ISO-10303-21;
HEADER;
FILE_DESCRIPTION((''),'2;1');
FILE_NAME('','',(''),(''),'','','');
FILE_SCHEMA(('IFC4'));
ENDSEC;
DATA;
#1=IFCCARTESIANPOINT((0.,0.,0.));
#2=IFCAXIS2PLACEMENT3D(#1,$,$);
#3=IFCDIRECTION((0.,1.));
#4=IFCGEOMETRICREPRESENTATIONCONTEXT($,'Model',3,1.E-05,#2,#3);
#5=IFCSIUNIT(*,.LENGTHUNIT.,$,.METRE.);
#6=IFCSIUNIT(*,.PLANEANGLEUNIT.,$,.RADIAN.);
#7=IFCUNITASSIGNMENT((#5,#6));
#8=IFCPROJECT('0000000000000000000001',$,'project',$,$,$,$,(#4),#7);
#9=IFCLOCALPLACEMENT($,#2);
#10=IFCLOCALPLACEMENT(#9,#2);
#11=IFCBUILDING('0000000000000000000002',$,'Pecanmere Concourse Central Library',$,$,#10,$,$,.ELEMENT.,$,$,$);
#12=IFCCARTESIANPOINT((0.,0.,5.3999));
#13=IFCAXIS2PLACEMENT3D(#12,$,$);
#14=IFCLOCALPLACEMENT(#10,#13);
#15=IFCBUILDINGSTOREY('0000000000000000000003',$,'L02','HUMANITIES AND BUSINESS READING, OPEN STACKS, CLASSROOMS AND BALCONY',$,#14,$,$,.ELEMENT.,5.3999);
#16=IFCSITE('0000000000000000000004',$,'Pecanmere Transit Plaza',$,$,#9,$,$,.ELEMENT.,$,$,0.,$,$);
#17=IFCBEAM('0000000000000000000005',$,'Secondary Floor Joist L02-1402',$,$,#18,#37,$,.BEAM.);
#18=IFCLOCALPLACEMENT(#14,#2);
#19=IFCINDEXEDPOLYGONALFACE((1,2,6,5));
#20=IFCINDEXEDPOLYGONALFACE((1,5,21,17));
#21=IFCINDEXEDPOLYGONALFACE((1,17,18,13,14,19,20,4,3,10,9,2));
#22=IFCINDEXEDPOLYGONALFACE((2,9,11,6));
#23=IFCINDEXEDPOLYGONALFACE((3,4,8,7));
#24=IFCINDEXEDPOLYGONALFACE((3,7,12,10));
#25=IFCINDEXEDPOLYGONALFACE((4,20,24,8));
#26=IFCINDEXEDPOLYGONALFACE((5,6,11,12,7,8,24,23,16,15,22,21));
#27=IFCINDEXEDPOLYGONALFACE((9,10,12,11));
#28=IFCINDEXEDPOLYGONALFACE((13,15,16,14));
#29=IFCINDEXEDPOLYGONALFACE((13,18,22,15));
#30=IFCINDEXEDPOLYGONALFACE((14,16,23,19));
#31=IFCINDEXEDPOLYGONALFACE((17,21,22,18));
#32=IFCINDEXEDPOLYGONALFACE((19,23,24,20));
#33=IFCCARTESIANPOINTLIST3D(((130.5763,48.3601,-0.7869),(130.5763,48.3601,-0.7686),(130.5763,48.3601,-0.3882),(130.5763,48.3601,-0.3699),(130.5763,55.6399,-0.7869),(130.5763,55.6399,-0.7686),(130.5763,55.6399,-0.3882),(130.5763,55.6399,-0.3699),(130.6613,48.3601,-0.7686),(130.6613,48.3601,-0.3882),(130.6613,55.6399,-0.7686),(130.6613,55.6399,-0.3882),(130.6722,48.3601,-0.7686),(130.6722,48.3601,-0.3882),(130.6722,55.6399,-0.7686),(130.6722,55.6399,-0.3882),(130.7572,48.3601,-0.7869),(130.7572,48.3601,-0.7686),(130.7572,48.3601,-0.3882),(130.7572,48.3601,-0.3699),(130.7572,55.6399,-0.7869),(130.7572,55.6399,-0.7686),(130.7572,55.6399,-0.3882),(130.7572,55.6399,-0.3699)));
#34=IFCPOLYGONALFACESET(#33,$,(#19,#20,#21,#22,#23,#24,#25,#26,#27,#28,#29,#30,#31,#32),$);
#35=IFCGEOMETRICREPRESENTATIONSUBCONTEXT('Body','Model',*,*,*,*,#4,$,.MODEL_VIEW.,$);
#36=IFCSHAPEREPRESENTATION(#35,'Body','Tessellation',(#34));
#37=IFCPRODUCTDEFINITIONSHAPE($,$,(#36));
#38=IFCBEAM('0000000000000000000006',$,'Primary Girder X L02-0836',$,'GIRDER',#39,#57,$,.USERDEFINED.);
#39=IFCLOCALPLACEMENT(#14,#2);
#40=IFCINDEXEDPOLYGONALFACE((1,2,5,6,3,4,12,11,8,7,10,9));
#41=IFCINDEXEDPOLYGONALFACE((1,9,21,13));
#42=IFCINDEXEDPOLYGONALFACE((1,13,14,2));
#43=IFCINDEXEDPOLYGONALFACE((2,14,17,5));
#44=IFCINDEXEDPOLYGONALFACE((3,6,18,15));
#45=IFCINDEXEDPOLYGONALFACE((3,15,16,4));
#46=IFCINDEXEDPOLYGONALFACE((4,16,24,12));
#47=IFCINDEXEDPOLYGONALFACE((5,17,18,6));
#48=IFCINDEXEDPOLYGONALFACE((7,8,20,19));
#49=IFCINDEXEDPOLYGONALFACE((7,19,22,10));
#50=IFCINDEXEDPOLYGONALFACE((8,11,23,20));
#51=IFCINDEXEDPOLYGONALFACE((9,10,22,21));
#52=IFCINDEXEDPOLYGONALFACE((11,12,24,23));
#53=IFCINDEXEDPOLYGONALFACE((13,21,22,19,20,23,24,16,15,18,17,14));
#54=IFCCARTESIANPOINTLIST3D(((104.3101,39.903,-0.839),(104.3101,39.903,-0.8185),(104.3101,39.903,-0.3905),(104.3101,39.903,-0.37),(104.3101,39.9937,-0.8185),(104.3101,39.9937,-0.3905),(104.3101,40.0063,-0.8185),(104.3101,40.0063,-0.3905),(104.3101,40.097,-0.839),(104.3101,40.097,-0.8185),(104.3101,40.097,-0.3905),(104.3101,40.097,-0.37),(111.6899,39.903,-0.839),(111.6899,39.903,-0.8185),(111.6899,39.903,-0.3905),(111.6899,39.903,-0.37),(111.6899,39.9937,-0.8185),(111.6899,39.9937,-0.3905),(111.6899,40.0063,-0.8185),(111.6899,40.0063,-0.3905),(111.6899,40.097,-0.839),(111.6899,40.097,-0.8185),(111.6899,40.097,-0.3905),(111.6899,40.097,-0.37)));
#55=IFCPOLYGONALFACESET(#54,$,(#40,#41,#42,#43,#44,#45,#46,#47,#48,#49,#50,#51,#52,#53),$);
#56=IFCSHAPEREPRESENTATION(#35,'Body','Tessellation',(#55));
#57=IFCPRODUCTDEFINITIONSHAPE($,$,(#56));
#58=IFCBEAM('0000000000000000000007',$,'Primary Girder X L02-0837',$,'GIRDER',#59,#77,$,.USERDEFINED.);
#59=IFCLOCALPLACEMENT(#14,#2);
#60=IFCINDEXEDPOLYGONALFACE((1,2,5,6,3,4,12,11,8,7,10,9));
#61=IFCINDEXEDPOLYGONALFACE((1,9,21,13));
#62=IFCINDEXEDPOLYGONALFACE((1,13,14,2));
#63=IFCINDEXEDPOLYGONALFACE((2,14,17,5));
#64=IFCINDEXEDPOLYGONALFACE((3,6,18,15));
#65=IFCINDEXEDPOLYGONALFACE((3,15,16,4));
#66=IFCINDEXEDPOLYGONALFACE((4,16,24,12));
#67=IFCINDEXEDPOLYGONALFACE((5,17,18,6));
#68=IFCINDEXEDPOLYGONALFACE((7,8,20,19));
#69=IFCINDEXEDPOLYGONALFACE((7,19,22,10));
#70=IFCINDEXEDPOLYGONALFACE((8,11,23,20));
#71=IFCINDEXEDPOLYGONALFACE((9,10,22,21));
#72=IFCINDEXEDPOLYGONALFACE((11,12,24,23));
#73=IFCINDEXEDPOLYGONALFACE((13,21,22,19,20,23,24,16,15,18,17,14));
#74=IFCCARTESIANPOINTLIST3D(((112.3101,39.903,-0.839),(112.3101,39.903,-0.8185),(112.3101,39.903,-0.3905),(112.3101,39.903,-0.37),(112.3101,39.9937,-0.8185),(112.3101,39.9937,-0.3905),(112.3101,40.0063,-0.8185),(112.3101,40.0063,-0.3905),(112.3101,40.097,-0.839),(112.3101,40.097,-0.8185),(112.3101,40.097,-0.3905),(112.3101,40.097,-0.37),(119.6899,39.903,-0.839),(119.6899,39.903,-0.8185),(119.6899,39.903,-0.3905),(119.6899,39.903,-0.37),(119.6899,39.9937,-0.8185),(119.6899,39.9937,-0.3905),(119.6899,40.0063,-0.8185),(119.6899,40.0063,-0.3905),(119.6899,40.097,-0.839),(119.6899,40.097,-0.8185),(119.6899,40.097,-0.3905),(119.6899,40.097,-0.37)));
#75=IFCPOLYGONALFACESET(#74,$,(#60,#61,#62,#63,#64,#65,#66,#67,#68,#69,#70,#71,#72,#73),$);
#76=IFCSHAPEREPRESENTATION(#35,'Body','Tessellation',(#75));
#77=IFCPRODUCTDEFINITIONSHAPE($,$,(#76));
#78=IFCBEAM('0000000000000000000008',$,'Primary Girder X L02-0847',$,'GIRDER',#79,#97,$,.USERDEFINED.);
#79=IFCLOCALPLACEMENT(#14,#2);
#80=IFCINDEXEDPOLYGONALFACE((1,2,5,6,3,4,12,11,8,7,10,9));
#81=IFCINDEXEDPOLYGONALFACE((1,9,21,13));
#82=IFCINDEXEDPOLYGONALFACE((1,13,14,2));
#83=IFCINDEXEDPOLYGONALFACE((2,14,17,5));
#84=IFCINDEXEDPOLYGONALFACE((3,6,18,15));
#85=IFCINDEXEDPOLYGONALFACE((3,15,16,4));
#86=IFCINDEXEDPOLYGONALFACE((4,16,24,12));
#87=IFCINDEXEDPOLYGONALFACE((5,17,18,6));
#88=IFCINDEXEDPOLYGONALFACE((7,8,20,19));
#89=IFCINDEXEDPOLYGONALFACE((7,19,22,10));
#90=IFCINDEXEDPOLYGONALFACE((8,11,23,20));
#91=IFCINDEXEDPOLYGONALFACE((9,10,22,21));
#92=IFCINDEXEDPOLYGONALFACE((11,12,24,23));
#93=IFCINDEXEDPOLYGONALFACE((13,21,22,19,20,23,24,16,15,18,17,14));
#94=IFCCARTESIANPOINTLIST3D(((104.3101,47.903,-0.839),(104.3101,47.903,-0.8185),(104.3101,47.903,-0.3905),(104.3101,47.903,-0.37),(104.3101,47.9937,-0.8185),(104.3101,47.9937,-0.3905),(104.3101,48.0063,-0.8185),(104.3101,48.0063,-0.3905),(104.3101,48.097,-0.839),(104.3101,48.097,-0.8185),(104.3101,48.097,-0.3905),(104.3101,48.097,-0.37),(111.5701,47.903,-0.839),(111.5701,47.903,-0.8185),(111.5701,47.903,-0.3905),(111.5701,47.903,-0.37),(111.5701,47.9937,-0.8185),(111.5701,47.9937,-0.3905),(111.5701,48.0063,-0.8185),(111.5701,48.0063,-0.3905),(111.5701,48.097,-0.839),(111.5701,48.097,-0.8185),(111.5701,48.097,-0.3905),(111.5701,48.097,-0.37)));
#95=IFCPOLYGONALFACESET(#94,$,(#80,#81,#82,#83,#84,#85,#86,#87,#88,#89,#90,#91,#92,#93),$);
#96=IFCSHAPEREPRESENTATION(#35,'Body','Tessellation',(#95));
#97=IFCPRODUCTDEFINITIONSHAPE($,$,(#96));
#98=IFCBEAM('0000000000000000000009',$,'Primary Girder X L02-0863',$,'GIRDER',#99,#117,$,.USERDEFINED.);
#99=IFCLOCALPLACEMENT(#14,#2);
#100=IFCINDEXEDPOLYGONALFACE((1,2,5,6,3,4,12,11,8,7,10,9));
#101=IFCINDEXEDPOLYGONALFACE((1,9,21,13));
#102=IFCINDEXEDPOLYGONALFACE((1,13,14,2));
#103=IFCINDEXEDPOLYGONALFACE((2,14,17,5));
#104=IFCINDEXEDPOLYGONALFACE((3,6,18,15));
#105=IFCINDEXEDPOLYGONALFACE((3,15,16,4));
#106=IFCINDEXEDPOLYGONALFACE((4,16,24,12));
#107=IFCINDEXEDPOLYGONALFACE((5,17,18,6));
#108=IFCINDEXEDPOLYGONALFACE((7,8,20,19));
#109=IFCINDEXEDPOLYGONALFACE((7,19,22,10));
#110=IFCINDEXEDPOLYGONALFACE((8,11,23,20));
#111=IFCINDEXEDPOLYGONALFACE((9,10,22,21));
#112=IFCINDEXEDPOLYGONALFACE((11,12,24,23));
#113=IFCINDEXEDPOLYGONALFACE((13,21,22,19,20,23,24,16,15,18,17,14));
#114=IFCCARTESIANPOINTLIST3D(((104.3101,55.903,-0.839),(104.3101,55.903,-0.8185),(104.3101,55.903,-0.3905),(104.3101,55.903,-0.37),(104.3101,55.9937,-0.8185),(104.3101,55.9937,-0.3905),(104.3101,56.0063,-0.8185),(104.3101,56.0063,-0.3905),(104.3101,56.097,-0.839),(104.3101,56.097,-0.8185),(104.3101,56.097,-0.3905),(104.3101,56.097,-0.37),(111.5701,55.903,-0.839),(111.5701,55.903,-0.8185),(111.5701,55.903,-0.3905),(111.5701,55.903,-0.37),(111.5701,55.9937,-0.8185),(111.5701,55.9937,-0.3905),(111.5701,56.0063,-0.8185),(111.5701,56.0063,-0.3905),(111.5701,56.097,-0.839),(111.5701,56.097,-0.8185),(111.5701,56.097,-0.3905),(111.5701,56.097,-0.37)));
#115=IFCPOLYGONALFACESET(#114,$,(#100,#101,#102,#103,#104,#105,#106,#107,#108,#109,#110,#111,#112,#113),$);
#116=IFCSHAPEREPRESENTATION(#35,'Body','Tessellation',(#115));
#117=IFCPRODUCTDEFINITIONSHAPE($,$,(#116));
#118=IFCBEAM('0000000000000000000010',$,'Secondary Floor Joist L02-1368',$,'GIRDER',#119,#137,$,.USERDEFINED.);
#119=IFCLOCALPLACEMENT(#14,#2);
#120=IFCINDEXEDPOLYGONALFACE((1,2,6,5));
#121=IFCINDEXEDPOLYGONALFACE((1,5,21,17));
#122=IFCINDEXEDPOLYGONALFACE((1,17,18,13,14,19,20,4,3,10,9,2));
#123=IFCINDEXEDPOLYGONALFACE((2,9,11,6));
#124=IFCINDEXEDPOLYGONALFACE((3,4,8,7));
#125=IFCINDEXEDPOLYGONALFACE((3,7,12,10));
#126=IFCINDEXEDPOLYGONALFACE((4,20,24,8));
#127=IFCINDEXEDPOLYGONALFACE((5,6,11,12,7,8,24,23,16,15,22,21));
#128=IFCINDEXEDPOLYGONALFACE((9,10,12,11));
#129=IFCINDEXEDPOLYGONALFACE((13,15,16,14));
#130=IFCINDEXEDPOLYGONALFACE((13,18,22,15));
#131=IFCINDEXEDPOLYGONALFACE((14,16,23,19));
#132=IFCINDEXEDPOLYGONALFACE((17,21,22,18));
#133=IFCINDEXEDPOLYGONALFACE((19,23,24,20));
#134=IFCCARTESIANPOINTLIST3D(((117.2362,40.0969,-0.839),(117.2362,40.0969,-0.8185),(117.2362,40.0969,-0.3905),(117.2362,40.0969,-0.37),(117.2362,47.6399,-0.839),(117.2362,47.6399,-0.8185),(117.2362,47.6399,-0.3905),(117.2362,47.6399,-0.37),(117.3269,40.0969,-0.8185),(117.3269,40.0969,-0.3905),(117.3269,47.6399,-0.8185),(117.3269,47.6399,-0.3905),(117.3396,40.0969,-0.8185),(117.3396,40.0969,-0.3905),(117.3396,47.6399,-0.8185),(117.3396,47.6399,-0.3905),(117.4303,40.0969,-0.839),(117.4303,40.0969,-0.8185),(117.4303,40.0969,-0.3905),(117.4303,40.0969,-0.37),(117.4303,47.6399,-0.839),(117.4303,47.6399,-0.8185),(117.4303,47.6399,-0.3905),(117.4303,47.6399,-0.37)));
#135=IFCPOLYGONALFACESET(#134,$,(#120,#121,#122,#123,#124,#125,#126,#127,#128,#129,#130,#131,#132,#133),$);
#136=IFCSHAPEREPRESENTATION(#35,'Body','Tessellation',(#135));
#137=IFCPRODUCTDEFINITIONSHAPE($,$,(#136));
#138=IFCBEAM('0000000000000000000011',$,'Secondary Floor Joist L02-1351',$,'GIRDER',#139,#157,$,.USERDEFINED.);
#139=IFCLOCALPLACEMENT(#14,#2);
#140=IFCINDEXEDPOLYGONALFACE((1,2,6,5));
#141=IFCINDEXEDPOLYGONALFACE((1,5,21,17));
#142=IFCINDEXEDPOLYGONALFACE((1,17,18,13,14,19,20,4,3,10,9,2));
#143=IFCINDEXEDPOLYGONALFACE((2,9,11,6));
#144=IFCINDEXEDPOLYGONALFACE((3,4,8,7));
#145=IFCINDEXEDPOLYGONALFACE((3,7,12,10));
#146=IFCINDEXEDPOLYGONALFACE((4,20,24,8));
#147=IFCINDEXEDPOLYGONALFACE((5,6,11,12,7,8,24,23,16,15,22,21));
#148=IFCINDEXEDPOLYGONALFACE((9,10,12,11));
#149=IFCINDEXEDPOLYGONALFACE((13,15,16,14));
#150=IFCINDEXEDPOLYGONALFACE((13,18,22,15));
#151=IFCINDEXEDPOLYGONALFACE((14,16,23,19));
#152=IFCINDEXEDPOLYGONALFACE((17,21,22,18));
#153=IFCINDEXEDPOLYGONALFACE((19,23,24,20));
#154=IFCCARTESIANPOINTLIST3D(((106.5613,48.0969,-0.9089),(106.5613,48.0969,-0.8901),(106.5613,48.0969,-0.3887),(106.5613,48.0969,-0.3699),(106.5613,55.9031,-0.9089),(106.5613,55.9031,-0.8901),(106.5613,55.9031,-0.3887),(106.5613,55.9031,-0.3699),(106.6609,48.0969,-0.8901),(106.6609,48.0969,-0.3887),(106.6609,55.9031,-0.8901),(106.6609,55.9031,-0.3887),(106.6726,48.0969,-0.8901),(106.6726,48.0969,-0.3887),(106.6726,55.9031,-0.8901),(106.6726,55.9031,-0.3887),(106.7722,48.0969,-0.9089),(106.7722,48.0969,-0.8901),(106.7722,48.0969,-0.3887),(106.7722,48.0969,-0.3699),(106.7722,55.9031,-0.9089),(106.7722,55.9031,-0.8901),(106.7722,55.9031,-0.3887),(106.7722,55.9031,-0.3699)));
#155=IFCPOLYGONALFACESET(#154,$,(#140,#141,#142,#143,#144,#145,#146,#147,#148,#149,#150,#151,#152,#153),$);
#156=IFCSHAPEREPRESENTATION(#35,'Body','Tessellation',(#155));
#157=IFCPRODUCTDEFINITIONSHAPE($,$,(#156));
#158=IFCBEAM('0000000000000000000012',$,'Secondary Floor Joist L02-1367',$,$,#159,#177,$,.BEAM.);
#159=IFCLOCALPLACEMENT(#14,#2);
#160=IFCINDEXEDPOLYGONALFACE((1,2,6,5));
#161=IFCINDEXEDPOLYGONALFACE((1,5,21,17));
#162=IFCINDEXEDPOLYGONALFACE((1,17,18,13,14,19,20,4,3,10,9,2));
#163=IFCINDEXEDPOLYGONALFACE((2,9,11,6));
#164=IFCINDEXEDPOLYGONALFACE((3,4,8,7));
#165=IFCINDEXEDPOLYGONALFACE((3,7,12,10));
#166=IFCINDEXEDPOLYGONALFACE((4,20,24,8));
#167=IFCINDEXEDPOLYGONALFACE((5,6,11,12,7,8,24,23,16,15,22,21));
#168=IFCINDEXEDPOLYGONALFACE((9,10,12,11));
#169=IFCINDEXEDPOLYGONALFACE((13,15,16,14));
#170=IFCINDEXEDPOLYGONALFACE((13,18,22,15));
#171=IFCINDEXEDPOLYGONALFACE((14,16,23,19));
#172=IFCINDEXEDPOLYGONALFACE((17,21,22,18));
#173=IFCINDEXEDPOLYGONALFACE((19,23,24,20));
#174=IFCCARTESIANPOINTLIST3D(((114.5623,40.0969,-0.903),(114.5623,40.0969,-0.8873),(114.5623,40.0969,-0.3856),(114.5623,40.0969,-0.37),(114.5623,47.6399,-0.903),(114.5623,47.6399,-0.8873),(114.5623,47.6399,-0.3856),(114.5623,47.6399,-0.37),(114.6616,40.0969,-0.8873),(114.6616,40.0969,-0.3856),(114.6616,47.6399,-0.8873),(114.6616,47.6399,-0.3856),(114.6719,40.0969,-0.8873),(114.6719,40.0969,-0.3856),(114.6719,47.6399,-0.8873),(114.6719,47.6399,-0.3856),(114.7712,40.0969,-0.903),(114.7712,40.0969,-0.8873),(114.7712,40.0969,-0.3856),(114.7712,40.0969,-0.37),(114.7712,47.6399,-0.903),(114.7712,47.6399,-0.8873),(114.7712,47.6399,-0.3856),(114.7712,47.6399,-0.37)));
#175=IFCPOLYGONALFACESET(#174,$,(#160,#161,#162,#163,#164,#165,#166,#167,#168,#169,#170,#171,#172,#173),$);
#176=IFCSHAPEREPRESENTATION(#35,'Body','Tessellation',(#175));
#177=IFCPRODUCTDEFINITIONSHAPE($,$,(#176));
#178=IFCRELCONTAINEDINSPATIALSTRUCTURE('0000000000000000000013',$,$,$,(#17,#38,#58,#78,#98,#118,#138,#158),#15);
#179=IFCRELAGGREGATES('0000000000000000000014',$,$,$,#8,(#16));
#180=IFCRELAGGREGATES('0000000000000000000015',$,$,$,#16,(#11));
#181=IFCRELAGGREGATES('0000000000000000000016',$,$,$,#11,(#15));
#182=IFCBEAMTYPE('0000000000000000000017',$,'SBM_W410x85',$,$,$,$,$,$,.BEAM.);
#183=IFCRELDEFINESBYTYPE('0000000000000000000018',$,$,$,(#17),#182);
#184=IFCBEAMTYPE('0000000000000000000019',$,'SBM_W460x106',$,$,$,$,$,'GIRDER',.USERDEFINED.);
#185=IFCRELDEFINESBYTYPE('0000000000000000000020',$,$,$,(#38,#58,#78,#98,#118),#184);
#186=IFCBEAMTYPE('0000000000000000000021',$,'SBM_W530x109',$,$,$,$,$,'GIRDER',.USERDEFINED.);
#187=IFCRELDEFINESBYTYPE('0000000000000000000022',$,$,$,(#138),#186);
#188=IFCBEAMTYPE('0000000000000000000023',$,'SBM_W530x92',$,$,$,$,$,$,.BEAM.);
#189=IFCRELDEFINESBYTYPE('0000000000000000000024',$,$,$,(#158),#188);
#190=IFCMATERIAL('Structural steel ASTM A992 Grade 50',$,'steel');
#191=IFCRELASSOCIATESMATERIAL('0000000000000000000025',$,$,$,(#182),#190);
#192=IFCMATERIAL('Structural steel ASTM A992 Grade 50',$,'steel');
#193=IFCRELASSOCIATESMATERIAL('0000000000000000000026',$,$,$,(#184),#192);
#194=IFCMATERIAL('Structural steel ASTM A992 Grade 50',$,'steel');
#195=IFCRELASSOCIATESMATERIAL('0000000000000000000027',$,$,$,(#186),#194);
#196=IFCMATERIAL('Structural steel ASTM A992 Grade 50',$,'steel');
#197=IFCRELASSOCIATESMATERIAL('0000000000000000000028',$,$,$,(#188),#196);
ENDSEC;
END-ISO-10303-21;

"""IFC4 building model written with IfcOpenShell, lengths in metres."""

from ifc_helpers import new_model, si_unit, direction, frame, origin, origin_2d, place, context, subcontext, project, spatial, i_section, extrude, material, material_profile, profile_set, type_object, element, save


model = new_model("IFC4")

# Units and contexts
model_context = context("Model", 3, precision=1e-05, world=origin(), true_north=direction((0.0, 1.0)))
body_context = subcontext(model_context, "Body", "Model", "MODEL_VIEW")
ifc_project = project(units=[si_unit("LENGTHUNIT", "METRE"), si_unit("PLANEANGLEUNIT", "RADIAN")], contexts=[model_context])

# Site, building, storey
site_placement = place(None, origin())
site = spatial("IfcSite", under=ifc_project, at=site_placement, Name="Pecanmere Transit Plaza", CompositionType="ELEMENT", RefElevation=0.0)
building_placement = place(site_placement, origin())
building = spatial("IfcBuilding", under=site, at=building_placement, Name="Pecanmere Concourse Central Library", CompositionType="ELEMENT")
storey_placement = place(building_placement, frame((0.0, 0.0, 5.3999)))
storey = spatial("IfcBuildingStorey", under=building, at=storey_placement, Name="L02", Description="HUMANITIES AND BUSINESS READING, OPEN STACKS, CLASSROOMS AND BALCONY", CompositionType="ELEMENT", Elevation=5.3999)

# Beams
ifc_material_1 = material(Name="Structural steel ASTM A992 Grade 50", Category="steel")
ifc_material_profile_1 = material_profile(ifc_material_1, i_section(OverallWidth=0.1809, OverallDepth=0.417, WebThickness=0.011, FlangeThickness=0.0183, at=origin_2d()), Name="W410x85")
ifc_profile_set_1 = profile_set([ifc_material_profile_1], Name="Structural steel ASTM A992 Grade 50")
beam_type_1 = type_object("IfcBeamType", Name="SBM_W410x85", PredefinedType="BEAM", material=ifc_profile_set_1)
beam_1_placement = place(storey_placement, frame((130.6667, 48.3601, -0.5784), z_axis=(0.0, 1.0, 0.0), x_axis=(-1.0, 0.0, 0.0)))
element("IfcBeam", 1, at=beam_1_placement, inside=storey, type_object=beam_type_1, Name="Secondary Floor Joist L02-1402", PredefinedType="BEAM", context=body_context, shape_type="SweptSolid", body=[
    extrude(i_section(OverallWidth=0.1809, OverallDepth=0.417, WebThickness=0.011, FlangeThickness=0.0183, at=origin_2d()), origin(), (0.0, 0.0, 1.0), 7.2798),
])
ifc_material_2 = material(Name="Structural steel ASTM A992 Grade 50", Category="steel")
ifc_material_profile_2 = material_profile(ifc_material_2, i_section(OverallWidth=0.1941, OverallDepth=0.469, WebThickness=0.0127, FlangeThickness=0.0205, at=origin_2d()), Name="W460x106")
ifc_profile_set_2 = profile_set([ifc_material_profile_2], Name="Structural steel ASTM A992 Grade 50")
beam_type_2 = type_object("IfcBeamType", Name="SBM_W460x106", ElementType="GIRDER", PredefinedType="USERDEFINED", material=ifc_profile_set_2)
for number, where, z_axis, x_axis, name in (
    (2, (104.3101, 40.0, -0.6045), (1.0, 0.0, 0.0), (0.0, 1.0, 0.0), "Primary Girder X L02-0836"),
    (3, (112.3101, 40.0, -0.6045), (1.0, 0.0, 0.0), (0.0, 1.0, 0.0), "Primary Girder X L02-0837"),
):
    element("IfcBeam", number, at=place(storey_placement, frame(where, z_axis=z_axis, x_axis=x_axis)), inside=storey, type_object=beam_type_2, Name=name, ObjectType="GIRDER", PredefinedType="USERDEFINED", context=body_context, shape_type="SweptSolid", body=[
        extrude(i_section(OverallWidth=0.1941, OverallDepth=0.469, WebThickness=0.0127, FlangeThickness=0.0205, at=origin_2d()), origin(), (0.0, 0.0, 1.0), 7.3799),
    ])
for number, where, z_axis, x_axis, name in (
    (4, (104.3101, 48.0, -0.6045), (1.0, 0.0, 0.0), (0.0, 1.0, 0.0), "Primary Girder X L02-0847"),
    (5, (104.3101, 56.0, -0.6045), (1.0, 0.0, 0.0), (0.0, 1.0, 0.0), "Primary Girder X L02-0863"),
):
    element("IfcBeam", number, at=place(storey_placement, frame(where, z_axis=z_axis, x_axis=x_axis)), inside=storey, type_object=beam_type_2, Name=name, ObjectType="GIRDER", PredefinedType="USERDEFINED", context=body_context, shape_type="SweptSolid", body=[
        extrude(i_section(OverallWidth=0.1941, OverallDepth=0.469, WebThickness=0.0127, FlangeThickness=0.0205, at=origin_2d()), origin(), (0.0, 0.0, 1.0), 7.26),
    ])
beam_2_placement = place(storey_placement, frame((117.3333, 40.0969, -0.6045), z_axis=(0.0, 1.0, 0.0), x_axis=(-1.0, 0.0, 0.0)))
element("IfcBeam", 6, at=beam_2_placement, inside=storey, type_object=beam_type_2, Name="Secondary Floor Joist L02-1368", ObjectType="GIRDER", PredefinedType="USERDEFINED", context=body_context, shape_type="SweptSolid", body=[
    extrude(i_section(OverallWidth=0.1941, OverallDepth=0.469, WebThickness=0.0127, FlangeThickness=0.0205, at=origin_2d()), origin(), (0.0, 0.0, 1.0), 7.543),
])
ifc_material_3 = material(Name="Structural steel ASTM A992 Grade 50", Category="steel")
ifc_material_profile_3 = material_profile(ifc_material_3, i_section(OverallWidth=0.2109, OverallDepth=0.5391, WebThickness=0.0117, FlangeThickness=0.0188, at=origin_2d()), Name="W530x109")
ifc_profile_set_3 = profile_set([ifc_material_profile_3], Name="Structural steel ASTM A992 Grade 50")
beam_type_3 = type_object("IfcBeamType", Name="SBM_W530x109", ElementType="GIRDER", PredefinedType="USERDEFINED", material=ifc_profile_set_3)
beam_3_placement = place(storey_placement, frame((106.6667, 48.0969, -0.6394), z_axis=(0.0, 1.0, 0.0), x_axis=(-1.0, 0.0, 0.0)))
element("IfcBeam", 7, at=beam_3_placement, inside=storey, type_object=beam_type_3, Name="Secondary Floor Joist L02-1351", ObjectType="GIRDER", PredefinedType="USERDEFINED", context=body_context, shape_type="SweptSolid", body=[
    extrude(i_section(OverallWidth=0.2109, OverallDepth=0.5391, WebThickness=0.0117, FlangeThickness=0.0188, at=origin_2d()), origin(), (0.0, 0.0, 1.0), 7.8062),
])
ifc_material_4 = material(Name="Structural steel ASTM A992 Grade 50", Category="steel")
ifc_material_profile_4 = material_profile(ifc_material_4, i_section(OverallWidth=0.209, OverallDepth=0.533, WebThickness=0.0103, FlangeThickness=0.0156, at=origin_2d()), Name="W530x92")
ifc_profile_set_4 = profile_set([ifc_material_profile_4], Name="Structural steel ASTM A992 Grade 50")
beam_type_4 = type_object("IfcBeamType", Name="SBM_W530x92", PredefinedType="BEAM", material=ifc_profile_set_4)
beam_4_placement = place(storey_placement, frame((114.6667, 40.0969, -0.6365), z_axis=(0.0, 1.0, 0.0), x_axis=(-1.0, 0.0, 0.0)))
element("IfcBeam", 8, at=beam_4_placement, inside=storey, type_object=beam_type_4, Name="Secondary Floor Joist L02-1367", PredefinedType="BEAM", context=body_context, shape_type="SweptSolid", body=[
    extrude(i_section(OverallWidth=0.209, OverallDepth=0.533, WebThickness=0.0103, FlangeThickness=0.0156, at=origin_2d()), origin(), (0.0, 0.0, 1.0), 7.543),
])

save(model, "model.ifc")
